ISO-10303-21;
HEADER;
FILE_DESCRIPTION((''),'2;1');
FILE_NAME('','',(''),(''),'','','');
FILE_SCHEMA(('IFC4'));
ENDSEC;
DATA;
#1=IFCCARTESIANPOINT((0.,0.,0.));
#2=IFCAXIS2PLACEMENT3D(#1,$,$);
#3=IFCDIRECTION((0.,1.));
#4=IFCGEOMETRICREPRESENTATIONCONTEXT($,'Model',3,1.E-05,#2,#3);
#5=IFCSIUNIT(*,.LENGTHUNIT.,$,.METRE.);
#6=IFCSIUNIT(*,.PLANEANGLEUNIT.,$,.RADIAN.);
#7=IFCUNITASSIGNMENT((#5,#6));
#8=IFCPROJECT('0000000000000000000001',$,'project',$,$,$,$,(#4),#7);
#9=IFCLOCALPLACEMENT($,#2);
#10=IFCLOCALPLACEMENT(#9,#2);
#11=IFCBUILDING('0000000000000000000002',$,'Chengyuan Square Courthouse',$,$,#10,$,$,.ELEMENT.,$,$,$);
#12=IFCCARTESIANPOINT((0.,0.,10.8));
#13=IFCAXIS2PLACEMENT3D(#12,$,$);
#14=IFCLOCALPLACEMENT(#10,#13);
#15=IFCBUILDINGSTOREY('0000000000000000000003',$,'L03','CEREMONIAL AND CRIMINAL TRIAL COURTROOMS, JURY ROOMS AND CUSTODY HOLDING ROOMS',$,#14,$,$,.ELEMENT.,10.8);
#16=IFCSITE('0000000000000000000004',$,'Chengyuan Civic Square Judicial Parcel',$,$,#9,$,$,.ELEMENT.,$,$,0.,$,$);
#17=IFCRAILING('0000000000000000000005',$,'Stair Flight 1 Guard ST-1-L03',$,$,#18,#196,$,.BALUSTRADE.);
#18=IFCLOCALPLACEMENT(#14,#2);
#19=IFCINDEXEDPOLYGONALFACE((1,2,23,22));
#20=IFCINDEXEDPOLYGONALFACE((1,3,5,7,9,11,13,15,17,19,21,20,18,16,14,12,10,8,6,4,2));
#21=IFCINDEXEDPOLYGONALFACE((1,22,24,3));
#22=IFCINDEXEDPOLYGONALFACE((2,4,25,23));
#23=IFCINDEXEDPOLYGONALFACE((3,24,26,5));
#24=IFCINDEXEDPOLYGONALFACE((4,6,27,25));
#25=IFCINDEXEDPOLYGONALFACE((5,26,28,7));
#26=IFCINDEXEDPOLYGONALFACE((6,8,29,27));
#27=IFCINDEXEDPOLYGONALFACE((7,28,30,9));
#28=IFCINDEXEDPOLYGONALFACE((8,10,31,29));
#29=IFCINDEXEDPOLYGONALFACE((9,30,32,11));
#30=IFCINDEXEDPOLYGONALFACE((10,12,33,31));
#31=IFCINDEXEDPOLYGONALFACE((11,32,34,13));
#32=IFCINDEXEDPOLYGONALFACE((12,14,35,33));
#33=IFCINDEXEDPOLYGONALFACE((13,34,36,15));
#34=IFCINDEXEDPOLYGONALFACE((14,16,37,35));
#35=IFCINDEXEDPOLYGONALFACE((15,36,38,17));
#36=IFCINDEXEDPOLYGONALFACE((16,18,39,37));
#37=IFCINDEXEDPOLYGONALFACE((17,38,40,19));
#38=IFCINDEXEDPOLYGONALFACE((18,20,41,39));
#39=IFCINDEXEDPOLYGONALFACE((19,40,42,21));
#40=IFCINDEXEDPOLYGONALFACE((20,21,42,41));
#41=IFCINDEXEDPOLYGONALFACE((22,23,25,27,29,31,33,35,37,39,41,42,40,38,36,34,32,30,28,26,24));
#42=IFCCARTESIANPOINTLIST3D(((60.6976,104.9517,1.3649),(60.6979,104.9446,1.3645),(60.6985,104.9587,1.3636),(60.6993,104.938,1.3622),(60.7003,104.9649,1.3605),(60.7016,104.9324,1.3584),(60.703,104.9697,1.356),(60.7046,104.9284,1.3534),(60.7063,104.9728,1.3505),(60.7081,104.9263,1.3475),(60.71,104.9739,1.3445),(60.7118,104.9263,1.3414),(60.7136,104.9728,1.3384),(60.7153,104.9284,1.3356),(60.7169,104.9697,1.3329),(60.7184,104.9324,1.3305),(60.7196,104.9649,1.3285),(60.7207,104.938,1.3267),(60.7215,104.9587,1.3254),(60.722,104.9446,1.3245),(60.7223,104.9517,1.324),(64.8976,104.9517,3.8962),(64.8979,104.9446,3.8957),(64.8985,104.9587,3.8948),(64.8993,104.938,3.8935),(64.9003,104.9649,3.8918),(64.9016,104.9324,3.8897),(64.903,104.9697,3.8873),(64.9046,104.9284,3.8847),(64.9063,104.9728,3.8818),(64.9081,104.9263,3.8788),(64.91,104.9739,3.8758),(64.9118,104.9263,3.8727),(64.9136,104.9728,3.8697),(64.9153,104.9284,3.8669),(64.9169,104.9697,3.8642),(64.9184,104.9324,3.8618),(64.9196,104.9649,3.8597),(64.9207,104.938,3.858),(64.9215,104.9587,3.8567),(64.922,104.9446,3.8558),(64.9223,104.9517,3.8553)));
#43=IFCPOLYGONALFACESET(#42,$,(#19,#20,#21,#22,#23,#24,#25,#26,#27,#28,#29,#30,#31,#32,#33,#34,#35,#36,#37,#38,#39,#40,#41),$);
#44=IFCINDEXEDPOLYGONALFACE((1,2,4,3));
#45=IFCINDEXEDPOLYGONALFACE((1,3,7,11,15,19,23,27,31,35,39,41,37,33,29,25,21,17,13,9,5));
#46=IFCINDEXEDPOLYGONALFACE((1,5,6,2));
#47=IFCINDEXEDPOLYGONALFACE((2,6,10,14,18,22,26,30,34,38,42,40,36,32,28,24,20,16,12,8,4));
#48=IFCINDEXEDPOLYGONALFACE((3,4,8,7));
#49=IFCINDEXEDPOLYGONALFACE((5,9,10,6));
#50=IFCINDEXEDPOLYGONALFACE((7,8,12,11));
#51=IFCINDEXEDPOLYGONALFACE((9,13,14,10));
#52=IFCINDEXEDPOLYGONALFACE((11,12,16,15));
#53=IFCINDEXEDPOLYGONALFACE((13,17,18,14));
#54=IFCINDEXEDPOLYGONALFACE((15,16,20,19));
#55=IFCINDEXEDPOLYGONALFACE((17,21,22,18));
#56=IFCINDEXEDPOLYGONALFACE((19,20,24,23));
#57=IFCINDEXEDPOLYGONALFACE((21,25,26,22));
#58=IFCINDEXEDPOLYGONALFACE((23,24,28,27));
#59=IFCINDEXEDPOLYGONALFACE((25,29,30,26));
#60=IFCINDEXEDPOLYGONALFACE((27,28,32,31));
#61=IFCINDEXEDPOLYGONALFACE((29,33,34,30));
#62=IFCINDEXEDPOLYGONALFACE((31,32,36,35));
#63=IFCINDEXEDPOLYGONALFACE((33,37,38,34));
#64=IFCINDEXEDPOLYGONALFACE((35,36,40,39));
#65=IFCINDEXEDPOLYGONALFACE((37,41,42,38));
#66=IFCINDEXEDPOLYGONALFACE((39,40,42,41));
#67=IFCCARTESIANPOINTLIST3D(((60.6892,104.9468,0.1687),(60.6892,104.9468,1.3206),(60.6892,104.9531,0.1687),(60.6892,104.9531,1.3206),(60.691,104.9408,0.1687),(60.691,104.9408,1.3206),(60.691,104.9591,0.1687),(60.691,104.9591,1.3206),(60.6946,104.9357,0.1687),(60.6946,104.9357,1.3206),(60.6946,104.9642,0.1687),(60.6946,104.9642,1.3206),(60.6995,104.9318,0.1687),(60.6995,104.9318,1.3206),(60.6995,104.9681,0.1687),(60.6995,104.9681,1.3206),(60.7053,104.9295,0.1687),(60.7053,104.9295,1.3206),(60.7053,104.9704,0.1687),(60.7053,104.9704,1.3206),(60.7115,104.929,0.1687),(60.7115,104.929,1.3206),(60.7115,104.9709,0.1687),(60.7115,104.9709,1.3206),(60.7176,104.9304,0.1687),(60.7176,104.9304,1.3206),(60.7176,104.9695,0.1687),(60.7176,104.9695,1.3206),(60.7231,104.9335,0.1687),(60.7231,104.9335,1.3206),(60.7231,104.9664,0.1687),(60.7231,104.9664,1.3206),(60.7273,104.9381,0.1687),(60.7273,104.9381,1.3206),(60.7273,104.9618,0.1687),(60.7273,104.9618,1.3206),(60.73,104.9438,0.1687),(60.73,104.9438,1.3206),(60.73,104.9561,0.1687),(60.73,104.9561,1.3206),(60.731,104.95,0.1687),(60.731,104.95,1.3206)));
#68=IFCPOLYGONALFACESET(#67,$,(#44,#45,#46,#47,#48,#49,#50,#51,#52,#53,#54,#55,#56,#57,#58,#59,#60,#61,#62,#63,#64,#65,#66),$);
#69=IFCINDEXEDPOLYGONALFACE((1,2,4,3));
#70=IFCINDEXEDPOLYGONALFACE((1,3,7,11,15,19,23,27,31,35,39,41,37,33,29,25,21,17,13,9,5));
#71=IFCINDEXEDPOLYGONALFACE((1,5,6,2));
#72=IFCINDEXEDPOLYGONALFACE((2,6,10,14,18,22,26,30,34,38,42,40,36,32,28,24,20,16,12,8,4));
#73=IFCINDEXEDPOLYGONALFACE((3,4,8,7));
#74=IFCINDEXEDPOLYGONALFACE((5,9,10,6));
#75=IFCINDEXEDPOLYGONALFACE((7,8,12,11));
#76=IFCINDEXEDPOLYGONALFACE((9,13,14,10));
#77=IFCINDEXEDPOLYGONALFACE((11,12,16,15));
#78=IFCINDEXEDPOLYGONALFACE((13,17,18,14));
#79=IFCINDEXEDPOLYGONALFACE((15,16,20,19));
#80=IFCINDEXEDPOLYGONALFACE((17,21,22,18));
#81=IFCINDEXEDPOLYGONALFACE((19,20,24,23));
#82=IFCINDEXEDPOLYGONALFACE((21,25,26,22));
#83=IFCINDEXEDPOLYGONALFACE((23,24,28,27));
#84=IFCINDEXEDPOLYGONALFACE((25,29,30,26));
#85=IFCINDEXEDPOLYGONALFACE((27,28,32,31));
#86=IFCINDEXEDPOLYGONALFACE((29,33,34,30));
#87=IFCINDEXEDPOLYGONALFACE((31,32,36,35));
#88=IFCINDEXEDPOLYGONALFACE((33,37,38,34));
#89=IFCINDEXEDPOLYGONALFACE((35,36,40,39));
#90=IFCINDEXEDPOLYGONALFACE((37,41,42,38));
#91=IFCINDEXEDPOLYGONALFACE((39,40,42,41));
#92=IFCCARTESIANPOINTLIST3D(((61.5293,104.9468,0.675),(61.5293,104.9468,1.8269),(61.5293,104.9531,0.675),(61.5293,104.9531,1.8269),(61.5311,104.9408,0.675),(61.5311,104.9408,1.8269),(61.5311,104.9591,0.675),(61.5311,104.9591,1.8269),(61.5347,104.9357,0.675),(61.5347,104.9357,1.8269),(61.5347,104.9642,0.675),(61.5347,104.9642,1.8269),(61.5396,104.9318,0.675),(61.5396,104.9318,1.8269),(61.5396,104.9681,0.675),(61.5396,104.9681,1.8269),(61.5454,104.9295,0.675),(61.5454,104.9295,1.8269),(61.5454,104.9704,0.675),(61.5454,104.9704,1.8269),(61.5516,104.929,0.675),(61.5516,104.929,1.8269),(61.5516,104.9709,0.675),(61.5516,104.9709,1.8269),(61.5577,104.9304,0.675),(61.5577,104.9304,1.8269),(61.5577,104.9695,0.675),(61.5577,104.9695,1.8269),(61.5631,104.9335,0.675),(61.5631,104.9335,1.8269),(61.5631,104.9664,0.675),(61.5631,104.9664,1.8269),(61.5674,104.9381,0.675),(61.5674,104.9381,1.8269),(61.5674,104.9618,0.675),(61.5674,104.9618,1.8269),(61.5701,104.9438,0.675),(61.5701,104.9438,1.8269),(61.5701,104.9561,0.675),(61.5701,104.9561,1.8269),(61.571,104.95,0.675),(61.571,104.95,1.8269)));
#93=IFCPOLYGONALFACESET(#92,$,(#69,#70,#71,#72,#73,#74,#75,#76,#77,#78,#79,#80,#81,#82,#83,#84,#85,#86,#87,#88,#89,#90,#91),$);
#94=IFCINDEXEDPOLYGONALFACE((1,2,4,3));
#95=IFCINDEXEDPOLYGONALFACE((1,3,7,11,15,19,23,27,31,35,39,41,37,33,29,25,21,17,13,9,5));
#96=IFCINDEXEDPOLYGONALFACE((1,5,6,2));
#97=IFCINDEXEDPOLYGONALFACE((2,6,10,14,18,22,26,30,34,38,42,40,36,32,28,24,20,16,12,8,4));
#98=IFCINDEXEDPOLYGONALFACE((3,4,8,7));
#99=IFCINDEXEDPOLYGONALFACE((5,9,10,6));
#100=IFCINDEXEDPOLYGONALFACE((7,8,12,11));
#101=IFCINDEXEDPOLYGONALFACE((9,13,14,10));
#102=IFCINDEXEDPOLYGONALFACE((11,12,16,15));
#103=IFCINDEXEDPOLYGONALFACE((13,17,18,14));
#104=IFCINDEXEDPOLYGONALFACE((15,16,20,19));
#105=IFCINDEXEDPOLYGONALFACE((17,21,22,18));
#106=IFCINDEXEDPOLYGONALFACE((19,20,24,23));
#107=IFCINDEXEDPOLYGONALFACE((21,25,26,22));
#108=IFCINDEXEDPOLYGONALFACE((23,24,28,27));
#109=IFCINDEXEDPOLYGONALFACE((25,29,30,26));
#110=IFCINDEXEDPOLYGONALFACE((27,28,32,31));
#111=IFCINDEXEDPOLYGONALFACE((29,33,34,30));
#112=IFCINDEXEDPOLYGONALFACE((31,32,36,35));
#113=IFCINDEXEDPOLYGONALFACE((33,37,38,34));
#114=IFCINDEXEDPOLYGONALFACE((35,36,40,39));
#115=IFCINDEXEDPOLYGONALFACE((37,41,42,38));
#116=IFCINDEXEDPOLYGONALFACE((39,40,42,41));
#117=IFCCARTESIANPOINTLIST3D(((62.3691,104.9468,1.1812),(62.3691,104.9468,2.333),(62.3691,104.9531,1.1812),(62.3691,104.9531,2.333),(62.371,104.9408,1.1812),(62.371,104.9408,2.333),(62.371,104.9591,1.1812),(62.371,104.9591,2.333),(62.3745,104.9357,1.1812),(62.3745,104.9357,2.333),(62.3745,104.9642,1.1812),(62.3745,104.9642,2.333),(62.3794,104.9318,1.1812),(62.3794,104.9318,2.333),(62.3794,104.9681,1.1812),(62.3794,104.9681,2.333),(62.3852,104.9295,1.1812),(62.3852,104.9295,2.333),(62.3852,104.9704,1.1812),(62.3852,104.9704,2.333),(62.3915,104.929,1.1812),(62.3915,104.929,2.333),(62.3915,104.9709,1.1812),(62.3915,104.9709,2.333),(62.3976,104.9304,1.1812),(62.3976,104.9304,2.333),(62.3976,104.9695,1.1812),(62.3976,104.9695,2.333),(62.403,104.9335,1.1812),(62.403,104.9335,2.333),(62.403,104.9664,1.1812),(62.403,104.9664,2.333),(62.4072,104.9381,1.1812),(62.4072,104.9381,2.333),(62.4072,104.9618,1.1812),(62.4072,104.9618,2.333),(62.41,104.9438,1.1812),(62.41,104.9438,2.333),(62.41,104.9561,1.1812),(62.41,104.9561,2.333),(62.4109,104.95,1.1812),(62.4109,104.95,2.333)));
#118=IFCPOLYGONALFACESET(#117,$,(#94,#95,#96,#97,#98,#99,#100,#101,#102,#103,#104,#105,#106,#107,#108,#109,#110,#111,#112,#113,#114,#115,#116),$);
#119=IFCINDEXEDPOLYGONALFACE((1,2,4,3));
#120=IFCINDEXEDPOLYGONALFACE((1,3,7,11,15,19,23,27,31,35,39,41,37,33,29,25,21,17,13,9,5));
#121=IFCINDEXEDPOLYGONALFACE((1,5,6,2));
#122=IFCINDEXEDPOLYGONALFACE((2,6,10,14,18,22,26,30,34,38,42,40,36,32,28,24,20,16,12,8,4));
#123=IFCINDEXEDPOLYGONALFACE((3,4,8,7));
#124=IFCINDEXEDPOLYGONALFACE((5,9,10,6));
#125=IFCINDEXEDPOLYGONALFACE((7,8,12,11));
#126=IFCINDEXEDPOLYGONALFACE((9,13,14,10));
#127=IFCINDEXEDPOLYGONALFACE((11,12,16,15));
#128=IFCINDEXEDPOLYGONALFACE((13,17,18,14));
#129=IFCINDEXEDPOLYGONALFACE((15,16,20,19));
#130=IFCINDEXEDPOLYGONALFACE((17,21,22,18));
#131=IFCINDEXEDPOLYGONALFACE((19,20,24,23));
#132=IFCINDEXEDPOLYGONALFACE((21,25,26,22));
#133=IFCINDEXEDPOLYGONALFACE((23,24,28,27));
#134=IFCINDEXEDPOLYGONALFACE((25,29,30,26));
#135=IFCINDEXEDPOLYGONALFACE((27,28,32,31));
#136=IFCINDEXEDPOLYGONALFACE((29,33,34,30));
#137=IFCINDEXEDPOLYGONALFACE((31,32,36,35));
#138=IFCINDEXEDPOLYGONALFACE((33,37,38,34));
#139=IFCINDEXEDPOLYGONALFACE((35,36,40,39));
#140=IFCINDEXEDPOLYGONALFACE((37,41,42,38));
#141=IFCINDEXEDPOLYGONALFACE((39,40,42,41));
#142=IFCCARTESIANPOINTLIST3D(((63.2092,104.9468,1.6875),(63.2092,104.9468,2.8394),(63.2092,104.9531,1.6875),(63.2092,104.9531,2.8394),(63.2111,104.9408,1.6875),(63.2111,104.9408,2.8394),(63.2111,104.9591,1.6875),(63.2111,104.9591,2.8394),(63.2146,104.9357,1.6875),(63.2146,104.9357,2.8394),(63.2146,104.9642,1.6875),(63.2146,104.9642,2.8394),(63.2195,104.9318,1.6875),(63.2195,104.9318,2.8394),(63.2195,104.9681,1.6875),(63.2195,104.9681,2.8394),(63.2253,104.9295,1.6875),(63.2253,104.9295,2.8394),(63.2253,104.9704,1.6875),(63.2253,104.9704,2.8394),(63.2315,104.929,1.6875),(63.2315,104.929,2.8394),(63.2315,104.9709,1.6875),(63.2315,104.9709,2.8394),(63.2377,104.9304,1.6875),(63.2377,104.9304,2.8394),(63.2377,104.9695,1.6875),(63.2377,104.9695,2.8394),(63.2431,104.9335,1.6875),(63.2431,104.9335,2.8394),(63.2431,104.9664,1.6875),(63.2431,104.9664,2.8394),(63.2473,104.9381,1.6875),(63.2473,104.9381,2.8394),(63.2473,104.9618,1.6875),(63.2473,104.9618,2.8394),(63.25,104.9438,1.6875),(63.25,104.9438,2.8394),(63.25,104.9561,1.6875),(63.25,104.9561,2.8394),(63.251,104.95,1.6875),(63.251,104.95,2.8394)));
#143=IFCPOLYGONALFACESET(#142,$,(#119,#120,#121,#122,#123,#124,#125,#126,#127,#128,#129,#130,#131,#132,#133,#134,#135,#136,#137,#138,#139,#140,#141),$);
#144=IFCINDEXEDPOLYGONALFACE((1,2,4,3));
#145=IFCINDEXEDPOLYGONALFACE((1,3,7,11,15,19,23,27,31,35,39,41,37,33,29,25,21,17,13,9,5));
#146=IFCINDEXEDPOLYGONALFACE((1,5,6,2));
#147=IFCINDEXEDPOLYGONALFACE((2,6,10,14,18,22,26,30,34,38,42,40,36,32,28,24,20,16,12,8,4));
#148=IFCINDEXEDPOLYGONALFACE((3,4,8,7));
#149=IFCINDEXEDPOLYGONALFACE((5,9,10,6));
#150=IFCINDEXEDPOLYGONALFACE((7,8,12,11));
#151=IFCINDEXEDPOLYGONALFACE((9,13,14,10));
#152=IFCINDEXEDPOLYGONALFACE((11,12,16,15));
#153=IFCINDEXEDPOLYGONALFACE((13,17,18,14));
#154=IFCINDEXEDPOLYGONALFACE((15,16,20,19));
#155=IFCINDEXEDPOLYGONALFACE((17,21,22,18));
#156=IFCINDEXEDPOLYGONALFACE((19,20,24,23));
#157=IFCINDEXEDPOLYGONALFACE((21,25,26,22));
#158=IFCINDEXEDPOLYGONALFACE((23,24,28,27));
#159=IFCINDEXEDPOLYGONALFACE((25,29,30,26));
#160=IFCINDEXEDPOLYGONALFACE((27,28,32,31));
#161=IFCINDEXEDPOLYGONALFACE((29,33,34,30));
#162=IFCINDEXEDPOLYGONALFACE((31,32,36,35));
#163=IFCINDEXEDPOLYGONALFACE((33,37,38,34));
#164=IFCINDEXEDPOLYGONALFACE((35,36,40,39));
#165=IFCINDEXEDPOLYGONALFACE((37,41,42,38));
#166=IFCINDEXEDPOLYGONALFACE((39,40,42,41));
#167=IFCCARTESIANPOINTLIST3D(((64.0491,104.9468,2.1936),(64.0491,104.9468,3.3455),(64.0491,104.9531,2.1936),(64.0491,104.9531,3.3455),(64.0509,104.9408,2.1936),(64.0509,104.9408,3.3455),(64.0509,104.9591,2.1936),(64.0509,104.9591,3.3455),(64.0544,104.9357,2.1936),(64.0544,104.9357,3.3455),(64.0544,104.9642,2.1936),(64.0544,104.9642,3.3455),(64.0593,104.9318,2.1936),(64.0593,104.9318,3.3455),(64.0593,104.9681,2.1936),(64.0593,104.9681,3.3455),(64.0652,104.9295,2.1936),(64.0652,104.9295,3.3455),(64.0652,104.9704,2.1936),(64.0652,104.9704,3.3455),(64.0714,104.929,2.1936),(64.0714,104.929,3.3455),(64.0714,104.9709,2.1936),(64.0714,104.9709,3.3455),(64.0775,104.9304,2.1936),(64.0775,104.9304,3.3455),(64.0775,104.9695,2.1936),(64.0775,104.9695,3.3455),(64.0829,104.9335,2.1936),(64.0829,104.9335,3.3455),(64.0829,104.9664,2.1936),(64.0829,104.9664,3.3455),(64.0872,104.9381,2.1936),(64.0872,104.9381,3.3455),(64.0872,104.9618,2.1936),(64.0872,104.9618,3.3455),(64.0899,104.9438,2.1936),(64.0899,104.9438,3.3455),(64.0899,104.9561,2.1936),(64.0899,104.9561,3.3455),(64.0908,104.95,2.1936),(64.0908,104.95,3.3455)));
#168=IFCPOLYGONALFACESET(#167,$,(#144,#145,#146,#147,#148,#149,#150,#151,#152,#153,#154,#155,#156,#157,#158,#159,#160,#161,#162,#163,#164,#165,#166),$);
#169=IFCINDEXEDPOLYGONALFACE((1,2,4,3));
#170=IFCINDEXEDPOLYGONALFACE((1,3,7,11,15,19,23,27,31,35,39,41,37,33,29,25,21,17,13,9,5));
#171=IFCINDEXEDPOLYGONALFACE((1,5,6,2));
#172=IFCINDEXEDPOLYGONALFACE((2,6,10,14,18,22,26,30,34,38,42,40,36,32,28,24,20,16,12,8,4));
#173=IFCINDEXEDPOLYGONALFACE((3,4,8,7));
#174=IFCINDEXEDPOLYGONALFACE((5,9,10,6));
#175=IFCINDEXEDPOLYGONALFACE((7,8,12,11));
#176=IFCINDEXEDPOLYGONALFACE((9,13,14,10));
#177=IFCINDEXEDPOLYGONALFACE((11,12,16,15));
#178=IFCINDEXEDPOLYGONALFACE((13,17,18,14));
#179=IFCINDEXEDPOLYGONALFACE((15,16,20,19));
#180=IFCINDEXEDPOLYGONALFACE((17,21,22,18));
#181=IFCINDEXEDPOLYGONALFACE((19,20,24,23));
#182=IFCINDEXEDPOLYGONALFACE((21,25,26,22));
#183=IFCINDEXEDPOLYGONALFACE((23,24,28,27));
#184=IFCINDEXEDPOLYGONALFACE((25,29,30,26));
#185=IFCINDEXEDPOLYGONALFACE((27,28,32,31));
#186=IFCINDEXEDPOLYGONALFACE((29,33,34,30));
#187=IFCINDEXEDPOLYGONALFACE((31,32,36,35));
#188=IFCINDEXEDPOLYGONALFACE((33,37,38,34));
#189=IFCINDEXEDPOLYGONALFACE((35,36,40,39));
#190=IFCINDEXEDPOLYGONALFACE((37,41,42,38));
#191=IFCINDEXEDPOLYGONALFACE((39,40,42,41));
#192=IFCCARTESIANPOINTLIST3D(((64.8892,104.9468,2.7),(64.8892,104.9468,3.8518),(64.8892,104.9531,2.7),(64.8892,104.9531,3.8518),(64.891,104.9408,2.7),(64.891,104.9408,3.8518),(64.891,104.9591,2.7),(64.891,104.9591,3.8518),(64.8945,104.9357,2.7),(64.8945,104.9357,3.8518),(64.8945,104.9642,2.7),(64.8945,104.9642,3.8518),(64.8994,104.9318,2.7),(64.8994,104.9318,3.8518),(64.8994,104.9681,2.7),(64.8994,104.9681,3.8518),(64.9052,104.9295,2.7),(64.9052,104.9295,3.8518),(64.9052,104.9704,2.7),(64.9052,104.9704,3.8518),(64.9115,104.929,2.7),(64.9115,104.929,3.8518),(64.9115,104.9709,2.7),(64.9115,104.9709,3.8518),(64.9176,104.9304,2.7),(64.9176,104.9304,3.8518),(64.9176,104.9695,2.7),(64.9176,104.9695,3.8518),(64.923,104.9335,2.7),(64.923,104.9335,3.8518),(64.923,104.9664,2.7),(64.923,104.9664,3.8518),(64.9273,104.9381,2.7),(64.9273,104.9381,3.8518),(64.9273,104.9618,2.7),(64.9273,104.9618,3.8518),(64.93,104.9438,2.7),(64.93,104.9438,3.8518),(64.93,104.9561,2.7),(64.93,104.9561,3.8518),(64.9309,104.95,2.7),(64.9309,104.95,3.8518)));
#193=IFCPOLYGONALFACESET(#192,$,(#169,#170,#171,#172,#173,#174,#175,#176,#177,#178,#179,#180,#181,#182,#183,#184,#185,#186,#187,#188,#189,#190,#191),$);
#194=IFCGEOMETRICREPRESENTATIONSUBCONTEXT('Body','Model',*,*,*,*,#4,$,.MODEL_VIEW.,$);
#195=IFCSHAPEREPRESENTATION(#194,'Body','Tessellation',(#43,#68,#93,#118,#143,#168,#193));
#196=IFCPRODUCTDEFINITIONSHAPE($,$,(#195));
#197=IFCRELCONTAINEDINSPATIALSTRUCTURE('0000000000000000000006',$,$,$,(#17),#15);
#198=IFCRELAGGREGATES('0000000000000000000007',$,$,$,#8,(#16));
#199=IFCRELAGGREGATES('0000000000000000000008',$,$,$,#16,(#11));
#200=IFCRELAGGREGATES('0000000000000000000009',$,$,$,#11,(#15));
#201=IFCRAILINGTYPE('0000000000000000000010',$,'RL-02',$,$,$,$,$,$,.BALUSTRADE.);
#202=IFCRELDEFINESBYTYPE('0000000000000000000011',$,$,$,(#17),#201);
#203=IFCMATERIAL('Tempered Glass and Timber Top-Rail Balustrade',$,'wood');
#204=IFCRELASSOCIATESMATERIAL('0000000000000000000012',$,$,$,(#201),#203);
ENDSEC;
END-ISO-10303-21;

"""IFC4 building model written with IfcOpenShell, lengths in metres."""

from ifc_helpers import new_model, si_unit, direction, frame, origin, origin_2d, place, context, subcontext, project, spatial, circle, extrude, material, type_object, element, save


model = new_model("IFC4")

# Units and contexts
model_context = context("Model", 3, precision=1e-05, world=origin(), true_north=direction((0.0, 1.0)))
body_context = subcontext(model_context, "Body", "Model", "MODEL_VIEW")
ifc_project = project(units=[si_unit("LENGTHUNIT", "METRE"), si_unit("PLANEANGLEUNIT", "RADIAN")], contexts=[model_context])

# Site, building, storey
site_placement = place(None, origin())
site = spatial("IfcSite", under=ifc_project, at=site_placement, Name="Chengyuan Civic Square Judicial Parcel", CompositionType="ELEMENT", RefElevation=0.0)
building_placement = place(site_placement, origin())
building = spatial("IfcBuilding", under=site, at=building_placement, Name="Chengyuan Square Courthouse", CompositionType="ELEMENT")
storey_placement = place(building_placement, frame((0.0, 0.0, 10.8)))
storey = spatial("IfcBuildingStorey", under=building, at=storey_placement, Name="L03", Description="CEREMONIAL AND CRIMINAL TRIAL COURTROOMS, JURY ROOMS AND CUSTODY HOLDING ROOMS", CompositionType="ELEMENT", Elevation=10.8)

# Railing
ifc_material_1 = material(Name="Tempered Glass and Timber Top-Rail Balustrade", Category="wood")
railing_type_1 = type_object("IfcRailingType", Name="RL-02", PredefinedType="BALUSTRADE", material=ifc_material_1)
railing_1_placement = place(storey_placement, frame((60.71, 104.95, 0.1687)))
element("IfcRailing", 1, at=railing_1_placement, inside=storey, type_object=railing_type_1, Name="Stair Flight 1 Guard ST-1-L03", PredefinedType="BALUSTRADE", context=body_context, shape_type="SweptSolid", body=[
    extrude(circle(Radius=0.0239, at=origin_2d()), frame((0.0, 0.0, 1.1758), z_axis=(0.856476, 0.0, 0.516186), x_axis=(0.0, 1.0, 0.0)), (0.0, 0.0, 1.0), 4.9038),
    extrude(circle(Radius=0.021, at=origin_2d()), origin(), (0.0, 0.0, 1.0), 1.1519),
    extrude(circle(Radius=0.021, at=origin_2d()), frame((0.8401, 0.0, 0.5063)), (0.0, 0.0, 1.0), 1.1519),
    extrude(circle(Radius=0.021, at=origin_2d()), frame((1.6799, 0.0, 1.0125)), (0.0, 0.0, 1.0), 1.1519),
    extrude(circle(Radius=0.021, at=origin_2d()), frame((2.52, 0.0, 1.5188)), (0.0, 0.0, 1.0), 1.1519),
    extrude(circle(Radius=0.021, at=origin_2d()), frame((3.3599, 0.0, 2.0249)), (0.0, 0.0, 1.0), 1.1519),
    extrude(circle(Radius=0.021, at=origin_2d()), frame((4.2, 0.0, 2.5312)), (0.0, 0.0, 1.0), 1.1519),
])

save(model, "model.ifc")
